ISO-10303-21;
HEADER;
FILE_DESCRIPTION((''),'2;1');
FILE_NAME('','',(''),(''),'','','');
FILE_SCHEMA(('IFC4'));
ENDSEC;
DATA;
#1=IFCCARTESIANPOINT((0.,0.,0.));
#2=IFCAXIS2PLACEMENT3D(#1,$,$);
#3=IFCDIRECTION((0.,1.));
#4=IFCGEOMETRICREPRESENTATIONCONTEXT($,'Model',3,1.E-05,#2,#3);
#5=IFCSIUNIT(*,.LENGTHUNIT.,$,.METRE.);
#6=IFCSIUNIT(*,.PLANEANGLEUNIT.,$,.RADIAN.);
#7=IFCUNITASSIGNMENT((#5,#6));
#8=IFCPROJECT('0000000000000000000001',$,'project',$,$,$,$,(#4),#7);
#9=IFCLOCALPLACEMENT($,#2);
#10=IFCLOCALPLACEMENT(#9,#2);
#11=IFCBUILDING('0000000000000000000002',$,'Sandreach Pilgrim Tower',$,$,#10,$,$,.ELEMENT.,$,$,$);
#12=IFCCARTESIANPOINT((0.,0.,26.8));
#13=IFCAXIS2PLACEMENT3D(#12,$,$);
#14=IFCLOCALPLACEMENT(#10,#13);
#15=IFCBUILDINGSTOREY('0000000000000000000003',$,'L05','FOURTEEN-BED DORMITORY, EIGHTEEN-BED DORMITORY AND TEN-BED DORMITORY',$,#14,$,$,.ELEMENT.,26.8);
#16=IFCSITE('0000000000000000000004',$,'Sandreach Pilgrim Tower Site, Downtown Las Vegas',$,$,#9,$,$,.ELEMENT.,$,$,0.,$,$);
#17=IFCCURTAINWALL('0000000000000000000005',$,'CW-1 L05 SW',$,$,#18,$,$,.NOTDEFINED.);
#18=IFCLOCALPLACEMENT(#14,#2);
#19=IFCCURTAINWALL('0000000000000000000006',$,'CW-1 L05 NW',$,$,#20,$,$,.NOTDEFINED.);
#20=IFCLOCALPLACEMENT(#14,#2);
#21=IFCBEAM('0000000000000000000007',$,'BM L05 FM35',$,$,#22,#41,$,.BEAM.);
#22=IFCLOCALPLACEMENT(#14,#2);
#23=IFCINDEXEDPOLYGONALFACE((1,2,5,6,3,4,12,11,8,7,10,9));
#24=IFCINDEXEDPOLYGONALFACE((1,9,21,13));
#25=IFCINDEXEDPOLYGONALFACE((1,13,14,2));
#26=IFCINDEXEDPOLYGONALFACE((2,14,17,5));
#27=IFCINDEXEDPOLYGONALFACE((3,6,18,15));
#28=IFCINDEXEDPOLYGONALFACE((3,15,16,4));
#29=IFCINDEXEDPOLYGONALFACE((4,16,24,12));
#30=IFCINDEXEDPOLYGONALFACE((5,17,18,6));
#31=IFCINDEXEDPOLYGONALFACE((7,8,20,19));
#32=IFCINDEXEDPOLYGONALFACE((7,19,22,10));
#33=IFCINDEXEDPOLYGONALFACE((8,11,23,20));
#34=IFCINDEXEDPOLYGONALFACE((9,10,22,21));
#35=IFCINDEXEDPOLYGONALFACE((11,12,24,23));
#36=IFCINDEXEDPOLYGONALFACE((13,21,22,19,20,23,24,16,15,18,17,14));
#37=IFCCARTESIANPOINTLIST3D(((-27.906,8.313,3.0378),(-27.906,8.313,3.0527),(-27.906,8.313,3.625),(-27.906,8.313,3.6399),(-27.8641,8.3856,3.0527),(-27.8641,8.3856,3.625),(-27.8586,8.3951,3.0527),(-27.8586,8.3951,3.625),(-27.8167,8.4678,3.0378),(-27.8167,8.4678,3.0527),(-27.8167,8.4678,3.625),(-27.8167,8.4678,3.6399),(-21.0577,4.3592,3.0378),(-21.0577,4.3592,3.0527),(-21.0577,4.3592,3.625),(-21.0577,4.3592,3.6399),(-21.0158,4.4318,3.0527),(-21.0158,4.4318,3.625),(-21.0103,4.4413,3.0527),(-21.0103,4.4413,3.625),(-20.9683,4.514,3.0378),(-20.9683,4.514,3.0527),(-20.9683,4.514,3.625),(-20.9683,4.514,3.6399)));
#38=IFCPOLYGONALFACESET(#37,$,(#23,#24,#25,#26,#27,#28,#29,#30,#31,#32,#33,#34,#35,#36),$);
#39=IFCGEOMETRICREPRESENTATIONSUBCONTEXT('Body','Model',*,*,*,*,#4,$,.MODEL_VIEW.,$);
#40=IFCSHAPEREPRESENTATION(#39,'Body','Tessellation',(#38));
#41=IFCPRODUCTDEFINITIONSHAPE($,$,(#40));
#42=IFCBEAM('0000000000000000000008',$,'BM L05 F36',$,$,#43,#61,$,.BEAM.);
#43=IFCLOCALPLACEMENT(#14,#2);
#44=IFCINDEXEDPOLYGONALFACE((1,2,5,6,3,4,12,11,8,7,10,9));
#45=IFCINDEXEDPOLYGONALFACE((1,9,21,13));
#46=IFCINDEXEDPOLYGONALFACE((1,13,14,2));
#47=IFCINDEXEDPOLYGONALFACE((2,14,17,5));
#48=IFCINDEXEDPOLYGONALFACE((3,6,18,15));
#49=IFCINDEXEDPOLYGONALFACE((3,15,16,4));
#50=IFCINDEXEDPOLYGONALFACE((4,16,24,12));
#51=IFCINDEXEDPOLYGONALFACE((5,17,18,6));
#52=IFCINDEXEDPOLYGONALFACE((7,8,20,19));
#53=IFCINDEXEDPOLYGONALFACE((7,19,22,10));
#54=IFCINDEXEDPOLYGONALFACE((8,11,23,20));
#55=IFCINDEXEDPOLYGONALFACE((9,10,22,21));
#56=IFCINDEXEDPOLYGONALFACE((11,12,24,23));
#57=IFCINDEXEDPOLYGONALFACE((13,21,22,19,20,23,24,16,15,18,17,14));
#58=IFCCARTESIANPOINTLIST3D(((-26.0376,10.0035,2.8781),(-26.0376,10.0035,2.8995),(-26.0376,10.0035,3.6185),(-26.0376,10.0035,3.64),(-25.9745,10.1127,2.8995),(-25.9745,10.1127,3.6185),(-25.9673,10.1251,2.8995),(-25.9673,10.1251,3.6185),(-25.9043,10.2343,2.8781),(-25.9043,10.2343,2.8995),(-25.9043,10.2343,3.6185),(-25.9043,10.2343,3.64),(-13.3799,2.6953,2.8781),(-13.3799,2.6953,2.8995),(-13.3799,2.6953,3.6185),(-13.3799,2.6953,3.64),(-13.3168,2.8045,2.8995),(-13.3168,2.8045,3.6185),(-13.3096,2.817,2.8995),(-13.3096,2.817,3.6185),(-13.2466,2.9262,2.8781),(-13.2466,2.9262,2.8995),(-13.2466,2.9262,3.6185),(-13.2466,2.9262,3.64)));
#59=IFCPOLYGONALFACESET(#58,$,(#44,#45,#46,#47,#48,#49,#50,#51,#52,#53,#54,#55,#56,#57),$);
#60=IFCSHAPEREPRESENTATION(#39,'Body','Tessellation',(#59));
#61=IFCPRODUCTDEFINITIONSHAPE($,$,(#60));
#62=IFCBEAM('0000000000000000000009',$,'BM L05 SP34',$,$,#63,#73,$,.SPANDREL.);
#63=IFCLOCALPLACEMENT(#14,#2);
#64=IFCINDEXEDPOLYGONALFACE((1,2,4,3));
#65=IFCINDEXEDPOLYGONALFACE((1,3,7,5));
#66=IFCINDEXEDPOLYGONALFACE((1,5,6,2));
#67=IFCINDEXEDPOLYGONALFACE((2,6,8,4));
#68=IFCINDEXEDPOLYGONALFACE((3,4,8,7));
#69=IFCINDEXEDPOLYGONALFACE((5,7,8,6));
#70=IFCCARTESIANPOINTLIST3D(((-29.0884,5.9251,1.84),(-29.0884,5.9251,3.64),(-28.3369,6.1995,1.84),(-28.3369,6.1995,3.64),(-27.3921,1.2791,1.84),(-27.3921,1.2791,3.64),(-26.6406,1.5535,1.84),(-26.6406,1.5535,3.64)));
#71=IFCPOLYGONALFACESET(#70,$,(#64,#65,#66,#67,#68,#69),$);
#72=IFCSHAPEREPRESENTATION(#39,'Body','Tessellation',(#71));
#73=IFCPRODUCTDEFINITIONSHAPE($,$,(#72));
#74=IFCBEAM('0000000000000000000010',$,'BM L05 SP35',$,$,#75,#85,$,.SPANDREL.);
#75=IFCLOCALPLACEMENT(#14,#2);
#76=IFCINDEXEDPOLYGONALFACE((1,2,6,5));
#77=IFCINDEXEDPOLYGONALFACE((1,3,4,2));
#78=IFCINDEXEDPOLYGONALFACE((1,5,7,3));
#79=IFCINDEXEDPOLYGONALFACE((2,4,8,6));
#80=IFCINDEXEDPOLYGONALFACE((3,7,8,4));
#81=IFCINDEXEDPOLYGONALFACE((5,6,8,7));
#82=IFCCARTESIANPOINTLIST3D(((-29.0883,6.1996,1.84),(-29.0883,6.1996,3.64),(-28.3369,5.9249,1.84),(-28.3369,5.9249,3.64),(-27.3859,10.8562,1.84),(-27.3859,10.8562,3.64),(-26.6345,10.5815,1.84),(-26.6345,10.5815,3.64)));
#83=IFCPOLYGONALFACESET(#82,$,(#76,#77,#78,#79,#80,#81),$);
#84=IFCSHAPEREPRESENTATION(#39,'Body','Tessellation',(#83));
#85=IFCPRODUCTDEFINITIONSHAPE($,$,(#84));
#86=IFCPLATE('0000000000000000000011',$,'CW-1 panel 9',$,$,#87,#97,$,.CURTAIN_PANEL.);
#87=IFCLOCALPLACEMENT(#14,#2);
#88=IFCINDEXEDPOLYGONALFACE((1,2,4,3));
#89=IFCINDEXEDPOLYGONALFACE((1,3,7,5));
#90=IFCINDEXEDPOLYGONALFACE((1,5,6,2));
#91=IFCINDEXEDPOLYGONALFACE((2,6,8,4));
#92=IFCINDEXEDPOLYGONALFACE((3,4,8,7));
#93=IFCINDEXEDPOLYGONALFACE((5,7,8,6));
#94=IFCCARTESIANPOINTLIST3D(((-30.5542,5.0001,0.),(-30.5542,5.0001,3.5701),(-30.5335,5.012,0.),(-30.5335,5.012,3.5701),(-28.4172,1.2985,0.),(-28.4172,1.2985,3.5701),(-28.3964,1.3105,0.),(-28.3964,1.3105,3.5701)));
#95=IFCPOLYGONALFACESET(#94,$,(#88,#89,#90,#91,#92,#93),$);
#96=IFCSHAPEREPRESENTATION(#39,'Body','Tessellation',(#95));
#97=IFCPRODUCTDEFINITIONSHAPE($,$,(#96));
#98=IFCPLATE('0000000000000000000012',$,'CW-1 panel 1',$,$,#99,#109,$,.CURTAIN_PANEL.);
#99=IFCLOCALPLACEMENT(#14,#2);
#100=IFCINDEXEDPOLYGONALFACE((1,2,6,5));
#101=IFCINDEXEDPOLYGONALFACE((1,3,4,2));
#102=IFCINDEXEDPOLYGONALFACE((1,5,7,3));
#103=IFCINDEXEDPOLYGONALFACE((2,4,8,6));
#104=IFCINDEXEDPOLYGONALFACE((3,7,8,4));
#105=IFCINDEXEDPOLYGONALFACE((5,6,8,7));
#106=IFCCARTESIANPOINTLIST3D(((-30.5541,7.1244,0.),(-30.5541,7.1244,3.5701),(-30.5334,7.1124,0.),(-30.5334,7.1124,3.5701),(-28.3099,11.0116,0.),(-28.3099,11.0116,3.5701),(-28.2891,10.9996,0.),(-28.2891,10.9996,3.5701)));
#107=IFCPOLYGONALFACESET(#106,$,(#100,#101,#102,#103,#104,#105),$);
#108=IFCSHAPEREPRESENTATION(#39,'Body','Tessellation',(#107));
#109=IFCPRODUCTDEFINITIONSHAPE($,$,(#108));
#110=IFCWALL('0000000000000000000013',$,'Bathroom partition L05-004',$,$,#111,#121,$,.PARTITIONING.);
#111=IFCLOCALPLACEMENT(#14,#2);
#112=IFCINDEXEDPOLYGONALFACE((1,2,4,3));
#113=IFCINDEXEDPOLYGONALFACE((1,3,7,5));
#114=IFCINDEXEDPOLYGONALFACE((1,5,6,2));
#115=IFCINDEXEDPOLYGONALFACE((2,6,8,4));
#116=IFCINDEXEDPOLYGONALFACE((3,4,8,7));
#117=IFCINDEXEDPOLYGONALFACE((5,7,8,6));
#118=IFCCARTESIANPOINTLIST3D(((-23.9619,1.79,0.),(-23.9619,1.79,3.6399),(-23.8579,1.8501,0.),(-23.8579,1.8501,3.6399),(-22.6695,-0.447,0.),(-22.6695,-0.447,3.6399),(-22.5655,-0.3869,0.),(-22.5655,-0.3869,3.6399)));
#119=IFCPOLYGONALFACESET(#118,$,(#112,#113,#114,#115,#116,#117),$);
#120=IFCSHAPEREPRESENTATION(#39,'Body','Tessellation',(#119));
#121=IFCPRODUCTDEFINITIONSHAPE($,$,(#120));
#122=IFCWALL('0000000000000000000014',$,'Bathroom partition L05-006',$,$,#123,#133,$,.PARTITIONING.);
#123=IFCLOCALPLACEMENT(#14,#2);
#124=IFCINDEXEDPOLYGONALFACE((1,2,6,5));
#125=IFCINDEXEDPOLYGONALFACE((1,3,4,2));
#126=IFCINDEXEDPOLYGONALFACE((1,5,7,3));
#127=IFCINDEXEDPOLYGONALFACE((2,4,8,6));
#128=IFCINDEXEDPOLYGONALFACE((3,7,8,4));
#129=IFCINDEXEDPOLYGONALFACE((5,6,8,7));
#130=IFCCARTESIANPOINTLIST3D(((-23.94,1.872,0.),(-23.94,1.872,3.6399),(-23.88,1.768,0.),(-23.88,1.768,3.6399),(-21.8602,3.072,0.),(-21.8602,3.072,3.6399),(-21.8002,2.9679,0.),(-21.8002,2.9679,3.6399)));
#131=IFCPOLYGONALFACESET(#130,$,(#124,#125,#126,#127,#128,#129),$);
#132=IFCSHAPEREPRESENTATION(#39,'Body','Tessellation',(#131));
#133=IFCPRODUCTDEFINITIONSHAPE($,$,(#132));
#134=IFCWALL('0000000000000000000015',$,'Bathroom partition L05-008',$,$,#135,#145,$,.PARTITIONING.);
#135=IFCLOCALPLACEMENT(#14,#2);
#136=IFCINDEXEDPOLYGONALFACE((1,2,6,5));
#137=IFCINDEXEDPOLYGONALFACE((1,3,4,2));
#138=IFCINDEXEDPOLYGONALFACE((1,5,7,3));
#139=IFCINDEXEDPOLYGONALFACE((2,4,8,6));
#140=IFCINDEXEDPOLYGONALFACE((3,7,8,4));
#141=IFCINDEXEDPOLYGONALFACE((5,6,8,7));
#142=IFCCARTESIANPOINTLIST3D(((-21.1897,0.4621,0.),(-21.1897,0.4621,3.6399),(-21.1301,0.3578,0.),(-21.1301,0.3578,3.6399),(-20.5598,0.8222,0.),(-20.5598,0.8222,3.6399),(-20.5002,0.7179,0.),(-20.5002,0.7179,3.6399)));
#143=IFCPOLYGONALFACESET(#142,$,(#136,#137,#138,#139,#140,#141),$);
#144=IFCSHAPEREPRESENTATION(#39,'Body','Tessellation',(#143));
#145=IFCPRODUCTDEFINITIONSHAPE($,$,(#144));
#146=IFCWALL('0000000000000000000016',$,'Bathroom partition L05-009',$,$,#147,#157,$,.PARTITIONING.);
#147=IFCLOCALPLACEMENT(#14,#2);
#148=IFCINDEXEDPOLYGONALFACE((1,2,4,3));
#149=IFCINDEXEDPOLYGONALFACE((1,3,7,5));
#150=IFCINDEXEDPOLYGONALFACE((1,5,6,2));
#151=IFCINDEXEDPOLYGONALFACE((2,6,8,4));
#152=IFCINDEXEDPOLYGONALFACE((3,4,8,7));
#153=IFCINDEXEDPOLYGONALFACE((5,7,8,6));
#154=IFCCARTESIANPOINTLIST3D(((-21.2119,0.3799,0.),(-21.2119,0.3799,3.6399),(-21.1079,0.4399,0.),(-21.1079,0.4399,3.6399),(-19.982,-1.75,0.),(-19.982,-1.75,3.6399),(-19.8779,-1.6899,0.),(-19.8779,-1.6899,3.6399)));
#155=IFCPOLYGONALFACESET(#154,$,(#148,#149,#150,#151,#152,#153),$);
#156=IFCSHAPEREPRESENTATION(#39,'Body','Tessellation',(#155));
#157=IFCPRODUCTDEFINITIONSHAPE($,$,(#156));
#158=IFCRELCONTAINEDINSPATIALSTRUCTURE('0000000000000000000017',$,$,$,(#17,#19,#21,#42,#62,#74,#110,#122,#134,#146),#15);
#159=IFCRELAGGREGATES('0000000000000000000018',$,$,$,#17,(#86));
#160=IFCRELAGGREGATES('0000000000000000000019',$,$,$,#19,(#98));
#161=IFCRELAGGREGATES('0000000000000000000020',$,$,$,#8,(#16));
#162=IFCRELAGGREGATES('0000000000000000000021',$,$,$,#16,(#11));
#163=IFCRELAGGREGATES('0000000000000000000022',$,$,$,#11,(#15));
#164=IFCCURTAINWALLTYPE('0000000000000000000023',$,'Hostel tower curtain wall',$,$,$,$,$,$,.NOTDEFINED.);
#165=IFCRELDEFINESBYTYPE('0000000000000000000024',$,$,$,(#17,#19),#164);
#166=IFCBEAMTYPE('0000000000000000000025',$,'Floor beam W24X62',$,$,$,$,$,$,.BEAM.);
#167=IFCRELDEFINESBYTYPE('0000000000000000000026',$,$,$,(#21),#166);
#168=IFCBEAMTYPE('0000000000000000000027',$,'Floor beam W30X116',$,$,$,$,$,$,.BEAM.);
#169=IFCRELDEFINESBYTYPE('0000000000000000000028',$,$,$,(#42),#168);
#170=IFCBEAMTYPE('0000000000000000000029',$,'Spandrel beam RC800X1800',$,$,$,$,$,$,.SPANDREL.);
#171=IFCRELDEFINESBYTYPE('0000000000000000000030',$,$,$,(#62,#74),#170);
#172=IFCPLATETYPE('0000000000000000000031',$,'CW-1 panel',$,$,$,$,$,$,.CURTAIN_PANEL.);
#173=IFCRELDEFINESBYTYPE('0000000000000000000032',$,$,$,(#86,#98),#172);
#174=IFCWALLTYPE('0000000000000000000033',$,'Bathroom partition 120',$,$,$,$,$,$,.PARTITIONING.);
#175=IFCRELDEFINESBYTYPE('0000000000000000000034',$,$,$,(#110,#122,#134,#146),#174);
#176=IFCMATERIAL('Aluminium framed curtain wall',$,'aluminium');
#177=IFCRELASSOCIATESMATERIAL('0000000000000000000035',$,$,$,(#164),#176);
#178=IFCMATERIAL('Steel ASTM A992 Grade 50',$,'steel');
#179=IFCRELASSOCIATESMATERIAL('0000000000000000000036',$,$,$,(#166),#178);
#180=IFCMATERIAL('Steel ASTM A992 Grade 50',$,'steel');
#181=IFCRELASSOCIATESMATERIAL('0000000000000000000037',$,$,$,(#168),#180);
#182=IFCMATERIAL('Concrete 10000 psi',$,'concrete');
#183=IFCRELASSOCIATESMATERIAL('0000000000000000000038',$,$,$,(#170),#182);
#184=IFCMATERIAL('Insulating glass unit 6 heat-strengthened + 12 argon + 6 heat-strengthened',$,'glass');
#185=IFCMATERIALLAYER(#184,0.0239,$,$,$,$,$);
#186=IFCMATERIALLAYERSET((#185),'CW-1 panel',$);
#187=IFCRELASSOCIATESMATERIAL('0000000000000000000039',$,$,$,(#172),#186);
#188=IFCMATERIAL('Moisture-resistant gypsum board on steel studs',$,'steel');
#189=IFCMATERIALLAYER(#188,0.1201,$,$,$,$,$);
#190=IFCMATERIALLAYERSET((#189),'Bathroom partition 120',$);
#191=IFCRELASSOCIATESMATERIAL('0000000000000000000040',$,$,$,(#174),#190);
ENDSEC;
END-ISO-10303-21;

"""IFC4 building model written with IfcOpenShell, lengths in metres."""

from ifc_helpers import new_model, si_unit, direction, frame, frame_2d, origin, origin_2d, place, context, subcontext, project, spatial, rectangle, i_section, extrude, material, layer, layer_set, material_profile, profile_set, type_object, element, aggregate, save


model = new_model("IFC4")

# Units and contexts
model_context = context("Model", 3, precision=1e-05, world=origin(), true_north=direction((0.0, 1.0)))
body_context = subcontext(model_context, "Body", "Model", "MODEL_VIEW")
ifc_project = project(units=[si_unit("LENGTHUNIT", "METRE"), si_unit("PLANEANGLEUNIT", "RADIAN")], contexts=[model_context])

# Site, building, storey
site_placement = place(None, origin())
site = spatial("IfcSite", under=ifc_project, at=site_placement, Name="Sandreach Pilgrim Tower Site, Downtown Las Vegas", CompositionType="ELEMENT", RefElevation=0.0)
building_placement = place(site_placement, origin())
building = spatial("IfcBuilding", under=site, at=building_placement, Name="Sandreach Pilgrim Tower", CompositionType="ELEMENT")
storey_placement = place(building_placement, frame((0.0, 0.0, 26.8)))
storey = spatial("IfcBuildingStorey", under=building, at=storey_placement, Name="L05", Description="FOURTEEN-BED DORMITORY, EIGHTEEN-BED DORMITORY AND TEN-BED DORMITORY", CompositionType="ELEMENT", Elevation=26.8)

# Curtain wall
ifc_material_1 = material(Name="Aluminium framed curtain wall", Category="aluminium")
curtain_wall_type = type_object("IfcCurtainWallType", Name="Hostel tower curtain wall", PredefinedType="NOTDEFINED", material=ifc_material_1)
curtain_wall_1_placement = place(storey_placement, origin())
curtain_wall_1 = element("IfcCurtainWall", 1, at=curtain_wall_1_placement, inside=storey, type_object=curtain_wall_type, Name="CW-1 L05 SW", PredefinedType="NOTDEFINED")

# Curtain wall
curtain_wall_2_placement = place(storey_placement, origin())
curtain_wall_2 = element("IfcCurtainWall", 2, at=curtain_wall_2_placement, inside=storey, type_object=curtain_wall_type, Name="CW-1 L05 NW", PredefinedType="NOTDEFINED")

# Beams
ifc_material_2 = material(Name="Steel ASTM A992 Grade 50", Category="steel")
ifc_material_profile_1 = material_profile(ifc_material_2, i_section(OverallWidth=0.1787, OverallDepth=0.6021, WebThickness=0.011, FlangeThickness=0.0149, at=origin_2d()), Name="W24X62")
ifc_profile_set_1 = profile_set([ifc_material_profile_1], Name="Steel ASTM A992 Grade 50")
beam_type_1 = type_object("IfcBeamType", Name="Floor beam W24X62", PredefinedType="BEAM", material=ifc_profile_set_1)
beam_1_placement = place(storey_placement, frame((-27.8613, 8.3904, 3.3389), z_axis=(0.866029, -0.499994, 0.0), x_axis=(0.499994, 0.866029, 0.0)))
element("IfcBeam", 3, at=beam_1_placement, inside=storey, type_object=beam_type_1, Name="BM L05 FM35", PredefinedType="BEAM", context=body_context, shape_type="SweptSolid", body=[
    extrude(i_section(OverallWidth=0.1787, OverallDepth=0.6021, WebThickness=0.011, FlangeThickness=0.0149, at=origin_2d()), origin(), (0.0, 0.0, 1.0), 7.9077),
])
ifc_material_3 = material(Name="Steel ASTM A992 Grade 50", Category="steel")
ifc_material_profile_2 = material_profile(ifc_material_3, i_section(OverallWidth=0.2666, OverallDepth=0.762, WebThickness=0.0144, FlangeThickness=0.0215, at=origin_2d()), Name="W30X116")
ifc_profile_set_2 = profile_set([ifc_material_profile_2], Name="Steel ASTM A992 Grade 50")
beam_type_2 = type_object("IfcBeamType", Name="Floor beam W30X116", PredefinedType="BEAM", material=ifc_profile_set_2)
beam_2_placement = place(storey_placement, frame((-25.9709, 10.1189, 3.259), z_axis=(0.86602, -0.500009, 0.0), x_axis=(0.500009, 0.86602, 0.0)))
element("IfcBeam", 4, at=beam_2_placement, inside=storey, type_object=beam_type_2, Name="BM L05 F36", PredefinedType="BEAM", context=body_context, shape_type="SweptSolid", body=[
    extrude(i_section(OverallWidth=0.2666, OverallDepth=0.762, WebThickness=0.0144, FlangeThickness=0.0215, at=origin_2d()), origin(), (0.0, 0.0, 1.0), 14.616),
])
ifc_material_4 = material(Name="Concrete 10000 psi", Category="concrete")
ifc_material_profile_3 = material_profile(ifc_material_4, rectangle(XDim=0.8, YDim=1.8, at=origin_2d()), Name="RC800X1800")
ifc_profile_set_3 = profile_set([ifc_material_profile_3], Name="Concrete 10000 psi")
beam_type_3 = type_object("IfcBeamType", Name="Spandrel beam RC800X1800", PredefinedType="SPANDREL", material=ifc_profile_set_3)
beam_3_placement = place(storey_placement, frame((-27.0164, 1.4163, 2.74), z_axis=(-0.342963, 0.939349, 0.0), x_axis=(-0.939349, -0.342963, 0.0)))
element("IfcBeam", 5, at=beam_3_placement, inside=storey, type_object=beam_type_3, Name="BM L05 SP34", PredefinedType="SPANDREL", context=body_context, shape_type="SweptSolid", body=[
    extrude(rectangle(XDim=0.8, YDim=1.8, at=origin_2d()), origin(), (0.0, 0.0, 1.0), 4.946),
])
beam_4_placement = place(storey_placement, frame((-28.7126, 6.0623, 2.74), z_axis=(0.343368, 0.939201, 0.0), x_axis=(-0.939201, 0.343368, 0.0)))
element("IfcBeam", 6, at=beam_4_placement, inside=storey, type_object=beam_type_3, Name="BM L05 SP35", PredefinedType="SPANDREL", context=body_context, shape_type="SweptSolid", body=[
    extrude(rectangle(XDim=0.8, YDim=1.8, at=origin_2d()), origin(), (0.0, 0.0, 1.0), 4.958),
])

# Plates
ifc_material_5 = material(Name="Insulating glass unit 6 heat-strengthened + 12 argon + 6 heat-strengthened", Category="glass")
ifc_layer_1 = layer(ifc_material_5, 0.0239)
ifc_layer_set_1 = layer_set([ifc_layer_1], Name="CW-1 panel")
plate_type = type_object("IfcPlateType", Name="CW-1 panel", PredefinedType="CURTAIN_PANEL", material=ifc_layer_set_1)
plate_1_placement = place(storey_placement, frame((-29.4753, 3.1553, 0.0), z_axis=(0.0, 0.0, 1.0), x_axis=(-0.5, 0.866025, 0.0)))
plate_1 = element("IfcPlate", 7, at=plate_1_placement, type_object=plate_type, Name="CW-1 panel 9", PredefinedType="CURTAIN_PANEL", context=body_context, shape_type="SweptSolid", body=[
    extrude(rectangle(XDim=4.2742, YDim=0.0239, at=origin_2d()), origin(), (0.0, 0.0, 1.0), 3.5701),
])
aggregate(curtain_wall_1, [plate_1])
plate_2_placement = place(storey_placement, frame((-29.4216, 9.062, 0.0), z_axis=(0.0, 0.0, 1.0), x_axis=(0.5, 0.866025, 0.0)))
plate_2 = element("IfcPlate", 8, at=plate_2_placement, type_object=plate_type, Name="CW-1 panel 1", PredefinedType="CURTAIN_PANEL", context=body_context, shape_type="SweptSolid", body=[
    extrude(rectangle(XDim=4.4885, YDim=0.0239, at=origin_2d()), origin(), (0.0, 0.0, 1.0), 3.5701),
])
aggregate(curtain_wall_2, [plate_2])

# Walls
ifc_material_6 = material(Name="Moisture-resistant gypsum board on steel studs", Category="steel")
ifc_layer_2 = layer(ifc_material_6, 0.1201)
ifc_layer_set_2 = layer_set([ifc_layer_2], Name="Bathroom partition 120")
wall_type_1 = type_object("IfcWallType", Name="Bathroom partition 120", PredefinedType="PARTITIONING", material=ifc_layer_set_2)
wall_1_placement = place(storey_placement, frame((-23.9099, 1.8201, 0.0), z_axis=(0.0, 0.0, 1.0), x_axis=(0.500265, -0.865872, 0.0)))
element("IfcWall", 9, at=wall_1_placement, inside=storey, type_object=wall_type_1, Name="Bathroom partition L05-004", PredefinedType="PARTITIONING", context=body_context, shape_type="SweptSolid", body=[
    extrude(rectangle(XDim=2.5835, YDim=0.1201, at=frame_2d((1.2917, 0.0))), origin(), (0.0, 0.0, 1.0), 3.6399),
])
wall_2_placement = place(storey_placement, frame((-21.8301, 3.02, 0.0), z_axis=(0.0, 0.0, 1.0), x_axis=(-0.866177, -0.499737, 0.0)))
element("IfcWall", 10, at=wall_2_placement, inside=storey, type_object=wall_type_1, Name="Bathroom partition L05-006", PredefinedType="PARTITIONING", context=body_context, shape_type="SweptSolid", body=[
    extrude(rectangle(XDim=2.4011, YDim=0.1201, at=frame_2d((1.2007, 0.0))), origin(), (0.0, 0.0, 1.0), 3.6399),
])
wall_3_placement = place(storey_placement, frame((-21.1599, 0.4099, 0.0), z_axis=(0.0, 0.0, 1.0), x_axis=(0.86814, 0.49632, 0.0)))
element("IfcWall", 11, at=wall_3_placement, inside=storey, type_object=wall_type_1, Name="Bathroom partition L05-008", PredefinedType="PARTITIONING", context=body_context, shape_type="SweptSolid", body=[
    extrude(rectangle(XDim=0.7256, YDim=0.1201, at=frame_2d((0.3628, 0.0))), origin(), (0.0, 0.0, 1.0), 3.6399),
])
wall_4_placement = place(storey_placement, frame((-21.1599, 0.4099, 0.0), z_axis=(0.0, 0.0, 1.0), x_axis=(0.500089, -0.865974, 0.0)))
element("IfcWall", 12, at=wall_4_placement, inside=storey, type_object=wall_type_1, Name="Bathroom partition L05-009", PredefinedType="PARTITIONING", context=body_context, shape_type="SweptSolid", body=[
    extrude(rectangle(XDim=2.4595, YDim=0.1201, at=frame_2d((1.2297, 0.0))), origin(), (0.0, 0.0, 1.0), 3.6399),
])

save(model, "model.ifc")
